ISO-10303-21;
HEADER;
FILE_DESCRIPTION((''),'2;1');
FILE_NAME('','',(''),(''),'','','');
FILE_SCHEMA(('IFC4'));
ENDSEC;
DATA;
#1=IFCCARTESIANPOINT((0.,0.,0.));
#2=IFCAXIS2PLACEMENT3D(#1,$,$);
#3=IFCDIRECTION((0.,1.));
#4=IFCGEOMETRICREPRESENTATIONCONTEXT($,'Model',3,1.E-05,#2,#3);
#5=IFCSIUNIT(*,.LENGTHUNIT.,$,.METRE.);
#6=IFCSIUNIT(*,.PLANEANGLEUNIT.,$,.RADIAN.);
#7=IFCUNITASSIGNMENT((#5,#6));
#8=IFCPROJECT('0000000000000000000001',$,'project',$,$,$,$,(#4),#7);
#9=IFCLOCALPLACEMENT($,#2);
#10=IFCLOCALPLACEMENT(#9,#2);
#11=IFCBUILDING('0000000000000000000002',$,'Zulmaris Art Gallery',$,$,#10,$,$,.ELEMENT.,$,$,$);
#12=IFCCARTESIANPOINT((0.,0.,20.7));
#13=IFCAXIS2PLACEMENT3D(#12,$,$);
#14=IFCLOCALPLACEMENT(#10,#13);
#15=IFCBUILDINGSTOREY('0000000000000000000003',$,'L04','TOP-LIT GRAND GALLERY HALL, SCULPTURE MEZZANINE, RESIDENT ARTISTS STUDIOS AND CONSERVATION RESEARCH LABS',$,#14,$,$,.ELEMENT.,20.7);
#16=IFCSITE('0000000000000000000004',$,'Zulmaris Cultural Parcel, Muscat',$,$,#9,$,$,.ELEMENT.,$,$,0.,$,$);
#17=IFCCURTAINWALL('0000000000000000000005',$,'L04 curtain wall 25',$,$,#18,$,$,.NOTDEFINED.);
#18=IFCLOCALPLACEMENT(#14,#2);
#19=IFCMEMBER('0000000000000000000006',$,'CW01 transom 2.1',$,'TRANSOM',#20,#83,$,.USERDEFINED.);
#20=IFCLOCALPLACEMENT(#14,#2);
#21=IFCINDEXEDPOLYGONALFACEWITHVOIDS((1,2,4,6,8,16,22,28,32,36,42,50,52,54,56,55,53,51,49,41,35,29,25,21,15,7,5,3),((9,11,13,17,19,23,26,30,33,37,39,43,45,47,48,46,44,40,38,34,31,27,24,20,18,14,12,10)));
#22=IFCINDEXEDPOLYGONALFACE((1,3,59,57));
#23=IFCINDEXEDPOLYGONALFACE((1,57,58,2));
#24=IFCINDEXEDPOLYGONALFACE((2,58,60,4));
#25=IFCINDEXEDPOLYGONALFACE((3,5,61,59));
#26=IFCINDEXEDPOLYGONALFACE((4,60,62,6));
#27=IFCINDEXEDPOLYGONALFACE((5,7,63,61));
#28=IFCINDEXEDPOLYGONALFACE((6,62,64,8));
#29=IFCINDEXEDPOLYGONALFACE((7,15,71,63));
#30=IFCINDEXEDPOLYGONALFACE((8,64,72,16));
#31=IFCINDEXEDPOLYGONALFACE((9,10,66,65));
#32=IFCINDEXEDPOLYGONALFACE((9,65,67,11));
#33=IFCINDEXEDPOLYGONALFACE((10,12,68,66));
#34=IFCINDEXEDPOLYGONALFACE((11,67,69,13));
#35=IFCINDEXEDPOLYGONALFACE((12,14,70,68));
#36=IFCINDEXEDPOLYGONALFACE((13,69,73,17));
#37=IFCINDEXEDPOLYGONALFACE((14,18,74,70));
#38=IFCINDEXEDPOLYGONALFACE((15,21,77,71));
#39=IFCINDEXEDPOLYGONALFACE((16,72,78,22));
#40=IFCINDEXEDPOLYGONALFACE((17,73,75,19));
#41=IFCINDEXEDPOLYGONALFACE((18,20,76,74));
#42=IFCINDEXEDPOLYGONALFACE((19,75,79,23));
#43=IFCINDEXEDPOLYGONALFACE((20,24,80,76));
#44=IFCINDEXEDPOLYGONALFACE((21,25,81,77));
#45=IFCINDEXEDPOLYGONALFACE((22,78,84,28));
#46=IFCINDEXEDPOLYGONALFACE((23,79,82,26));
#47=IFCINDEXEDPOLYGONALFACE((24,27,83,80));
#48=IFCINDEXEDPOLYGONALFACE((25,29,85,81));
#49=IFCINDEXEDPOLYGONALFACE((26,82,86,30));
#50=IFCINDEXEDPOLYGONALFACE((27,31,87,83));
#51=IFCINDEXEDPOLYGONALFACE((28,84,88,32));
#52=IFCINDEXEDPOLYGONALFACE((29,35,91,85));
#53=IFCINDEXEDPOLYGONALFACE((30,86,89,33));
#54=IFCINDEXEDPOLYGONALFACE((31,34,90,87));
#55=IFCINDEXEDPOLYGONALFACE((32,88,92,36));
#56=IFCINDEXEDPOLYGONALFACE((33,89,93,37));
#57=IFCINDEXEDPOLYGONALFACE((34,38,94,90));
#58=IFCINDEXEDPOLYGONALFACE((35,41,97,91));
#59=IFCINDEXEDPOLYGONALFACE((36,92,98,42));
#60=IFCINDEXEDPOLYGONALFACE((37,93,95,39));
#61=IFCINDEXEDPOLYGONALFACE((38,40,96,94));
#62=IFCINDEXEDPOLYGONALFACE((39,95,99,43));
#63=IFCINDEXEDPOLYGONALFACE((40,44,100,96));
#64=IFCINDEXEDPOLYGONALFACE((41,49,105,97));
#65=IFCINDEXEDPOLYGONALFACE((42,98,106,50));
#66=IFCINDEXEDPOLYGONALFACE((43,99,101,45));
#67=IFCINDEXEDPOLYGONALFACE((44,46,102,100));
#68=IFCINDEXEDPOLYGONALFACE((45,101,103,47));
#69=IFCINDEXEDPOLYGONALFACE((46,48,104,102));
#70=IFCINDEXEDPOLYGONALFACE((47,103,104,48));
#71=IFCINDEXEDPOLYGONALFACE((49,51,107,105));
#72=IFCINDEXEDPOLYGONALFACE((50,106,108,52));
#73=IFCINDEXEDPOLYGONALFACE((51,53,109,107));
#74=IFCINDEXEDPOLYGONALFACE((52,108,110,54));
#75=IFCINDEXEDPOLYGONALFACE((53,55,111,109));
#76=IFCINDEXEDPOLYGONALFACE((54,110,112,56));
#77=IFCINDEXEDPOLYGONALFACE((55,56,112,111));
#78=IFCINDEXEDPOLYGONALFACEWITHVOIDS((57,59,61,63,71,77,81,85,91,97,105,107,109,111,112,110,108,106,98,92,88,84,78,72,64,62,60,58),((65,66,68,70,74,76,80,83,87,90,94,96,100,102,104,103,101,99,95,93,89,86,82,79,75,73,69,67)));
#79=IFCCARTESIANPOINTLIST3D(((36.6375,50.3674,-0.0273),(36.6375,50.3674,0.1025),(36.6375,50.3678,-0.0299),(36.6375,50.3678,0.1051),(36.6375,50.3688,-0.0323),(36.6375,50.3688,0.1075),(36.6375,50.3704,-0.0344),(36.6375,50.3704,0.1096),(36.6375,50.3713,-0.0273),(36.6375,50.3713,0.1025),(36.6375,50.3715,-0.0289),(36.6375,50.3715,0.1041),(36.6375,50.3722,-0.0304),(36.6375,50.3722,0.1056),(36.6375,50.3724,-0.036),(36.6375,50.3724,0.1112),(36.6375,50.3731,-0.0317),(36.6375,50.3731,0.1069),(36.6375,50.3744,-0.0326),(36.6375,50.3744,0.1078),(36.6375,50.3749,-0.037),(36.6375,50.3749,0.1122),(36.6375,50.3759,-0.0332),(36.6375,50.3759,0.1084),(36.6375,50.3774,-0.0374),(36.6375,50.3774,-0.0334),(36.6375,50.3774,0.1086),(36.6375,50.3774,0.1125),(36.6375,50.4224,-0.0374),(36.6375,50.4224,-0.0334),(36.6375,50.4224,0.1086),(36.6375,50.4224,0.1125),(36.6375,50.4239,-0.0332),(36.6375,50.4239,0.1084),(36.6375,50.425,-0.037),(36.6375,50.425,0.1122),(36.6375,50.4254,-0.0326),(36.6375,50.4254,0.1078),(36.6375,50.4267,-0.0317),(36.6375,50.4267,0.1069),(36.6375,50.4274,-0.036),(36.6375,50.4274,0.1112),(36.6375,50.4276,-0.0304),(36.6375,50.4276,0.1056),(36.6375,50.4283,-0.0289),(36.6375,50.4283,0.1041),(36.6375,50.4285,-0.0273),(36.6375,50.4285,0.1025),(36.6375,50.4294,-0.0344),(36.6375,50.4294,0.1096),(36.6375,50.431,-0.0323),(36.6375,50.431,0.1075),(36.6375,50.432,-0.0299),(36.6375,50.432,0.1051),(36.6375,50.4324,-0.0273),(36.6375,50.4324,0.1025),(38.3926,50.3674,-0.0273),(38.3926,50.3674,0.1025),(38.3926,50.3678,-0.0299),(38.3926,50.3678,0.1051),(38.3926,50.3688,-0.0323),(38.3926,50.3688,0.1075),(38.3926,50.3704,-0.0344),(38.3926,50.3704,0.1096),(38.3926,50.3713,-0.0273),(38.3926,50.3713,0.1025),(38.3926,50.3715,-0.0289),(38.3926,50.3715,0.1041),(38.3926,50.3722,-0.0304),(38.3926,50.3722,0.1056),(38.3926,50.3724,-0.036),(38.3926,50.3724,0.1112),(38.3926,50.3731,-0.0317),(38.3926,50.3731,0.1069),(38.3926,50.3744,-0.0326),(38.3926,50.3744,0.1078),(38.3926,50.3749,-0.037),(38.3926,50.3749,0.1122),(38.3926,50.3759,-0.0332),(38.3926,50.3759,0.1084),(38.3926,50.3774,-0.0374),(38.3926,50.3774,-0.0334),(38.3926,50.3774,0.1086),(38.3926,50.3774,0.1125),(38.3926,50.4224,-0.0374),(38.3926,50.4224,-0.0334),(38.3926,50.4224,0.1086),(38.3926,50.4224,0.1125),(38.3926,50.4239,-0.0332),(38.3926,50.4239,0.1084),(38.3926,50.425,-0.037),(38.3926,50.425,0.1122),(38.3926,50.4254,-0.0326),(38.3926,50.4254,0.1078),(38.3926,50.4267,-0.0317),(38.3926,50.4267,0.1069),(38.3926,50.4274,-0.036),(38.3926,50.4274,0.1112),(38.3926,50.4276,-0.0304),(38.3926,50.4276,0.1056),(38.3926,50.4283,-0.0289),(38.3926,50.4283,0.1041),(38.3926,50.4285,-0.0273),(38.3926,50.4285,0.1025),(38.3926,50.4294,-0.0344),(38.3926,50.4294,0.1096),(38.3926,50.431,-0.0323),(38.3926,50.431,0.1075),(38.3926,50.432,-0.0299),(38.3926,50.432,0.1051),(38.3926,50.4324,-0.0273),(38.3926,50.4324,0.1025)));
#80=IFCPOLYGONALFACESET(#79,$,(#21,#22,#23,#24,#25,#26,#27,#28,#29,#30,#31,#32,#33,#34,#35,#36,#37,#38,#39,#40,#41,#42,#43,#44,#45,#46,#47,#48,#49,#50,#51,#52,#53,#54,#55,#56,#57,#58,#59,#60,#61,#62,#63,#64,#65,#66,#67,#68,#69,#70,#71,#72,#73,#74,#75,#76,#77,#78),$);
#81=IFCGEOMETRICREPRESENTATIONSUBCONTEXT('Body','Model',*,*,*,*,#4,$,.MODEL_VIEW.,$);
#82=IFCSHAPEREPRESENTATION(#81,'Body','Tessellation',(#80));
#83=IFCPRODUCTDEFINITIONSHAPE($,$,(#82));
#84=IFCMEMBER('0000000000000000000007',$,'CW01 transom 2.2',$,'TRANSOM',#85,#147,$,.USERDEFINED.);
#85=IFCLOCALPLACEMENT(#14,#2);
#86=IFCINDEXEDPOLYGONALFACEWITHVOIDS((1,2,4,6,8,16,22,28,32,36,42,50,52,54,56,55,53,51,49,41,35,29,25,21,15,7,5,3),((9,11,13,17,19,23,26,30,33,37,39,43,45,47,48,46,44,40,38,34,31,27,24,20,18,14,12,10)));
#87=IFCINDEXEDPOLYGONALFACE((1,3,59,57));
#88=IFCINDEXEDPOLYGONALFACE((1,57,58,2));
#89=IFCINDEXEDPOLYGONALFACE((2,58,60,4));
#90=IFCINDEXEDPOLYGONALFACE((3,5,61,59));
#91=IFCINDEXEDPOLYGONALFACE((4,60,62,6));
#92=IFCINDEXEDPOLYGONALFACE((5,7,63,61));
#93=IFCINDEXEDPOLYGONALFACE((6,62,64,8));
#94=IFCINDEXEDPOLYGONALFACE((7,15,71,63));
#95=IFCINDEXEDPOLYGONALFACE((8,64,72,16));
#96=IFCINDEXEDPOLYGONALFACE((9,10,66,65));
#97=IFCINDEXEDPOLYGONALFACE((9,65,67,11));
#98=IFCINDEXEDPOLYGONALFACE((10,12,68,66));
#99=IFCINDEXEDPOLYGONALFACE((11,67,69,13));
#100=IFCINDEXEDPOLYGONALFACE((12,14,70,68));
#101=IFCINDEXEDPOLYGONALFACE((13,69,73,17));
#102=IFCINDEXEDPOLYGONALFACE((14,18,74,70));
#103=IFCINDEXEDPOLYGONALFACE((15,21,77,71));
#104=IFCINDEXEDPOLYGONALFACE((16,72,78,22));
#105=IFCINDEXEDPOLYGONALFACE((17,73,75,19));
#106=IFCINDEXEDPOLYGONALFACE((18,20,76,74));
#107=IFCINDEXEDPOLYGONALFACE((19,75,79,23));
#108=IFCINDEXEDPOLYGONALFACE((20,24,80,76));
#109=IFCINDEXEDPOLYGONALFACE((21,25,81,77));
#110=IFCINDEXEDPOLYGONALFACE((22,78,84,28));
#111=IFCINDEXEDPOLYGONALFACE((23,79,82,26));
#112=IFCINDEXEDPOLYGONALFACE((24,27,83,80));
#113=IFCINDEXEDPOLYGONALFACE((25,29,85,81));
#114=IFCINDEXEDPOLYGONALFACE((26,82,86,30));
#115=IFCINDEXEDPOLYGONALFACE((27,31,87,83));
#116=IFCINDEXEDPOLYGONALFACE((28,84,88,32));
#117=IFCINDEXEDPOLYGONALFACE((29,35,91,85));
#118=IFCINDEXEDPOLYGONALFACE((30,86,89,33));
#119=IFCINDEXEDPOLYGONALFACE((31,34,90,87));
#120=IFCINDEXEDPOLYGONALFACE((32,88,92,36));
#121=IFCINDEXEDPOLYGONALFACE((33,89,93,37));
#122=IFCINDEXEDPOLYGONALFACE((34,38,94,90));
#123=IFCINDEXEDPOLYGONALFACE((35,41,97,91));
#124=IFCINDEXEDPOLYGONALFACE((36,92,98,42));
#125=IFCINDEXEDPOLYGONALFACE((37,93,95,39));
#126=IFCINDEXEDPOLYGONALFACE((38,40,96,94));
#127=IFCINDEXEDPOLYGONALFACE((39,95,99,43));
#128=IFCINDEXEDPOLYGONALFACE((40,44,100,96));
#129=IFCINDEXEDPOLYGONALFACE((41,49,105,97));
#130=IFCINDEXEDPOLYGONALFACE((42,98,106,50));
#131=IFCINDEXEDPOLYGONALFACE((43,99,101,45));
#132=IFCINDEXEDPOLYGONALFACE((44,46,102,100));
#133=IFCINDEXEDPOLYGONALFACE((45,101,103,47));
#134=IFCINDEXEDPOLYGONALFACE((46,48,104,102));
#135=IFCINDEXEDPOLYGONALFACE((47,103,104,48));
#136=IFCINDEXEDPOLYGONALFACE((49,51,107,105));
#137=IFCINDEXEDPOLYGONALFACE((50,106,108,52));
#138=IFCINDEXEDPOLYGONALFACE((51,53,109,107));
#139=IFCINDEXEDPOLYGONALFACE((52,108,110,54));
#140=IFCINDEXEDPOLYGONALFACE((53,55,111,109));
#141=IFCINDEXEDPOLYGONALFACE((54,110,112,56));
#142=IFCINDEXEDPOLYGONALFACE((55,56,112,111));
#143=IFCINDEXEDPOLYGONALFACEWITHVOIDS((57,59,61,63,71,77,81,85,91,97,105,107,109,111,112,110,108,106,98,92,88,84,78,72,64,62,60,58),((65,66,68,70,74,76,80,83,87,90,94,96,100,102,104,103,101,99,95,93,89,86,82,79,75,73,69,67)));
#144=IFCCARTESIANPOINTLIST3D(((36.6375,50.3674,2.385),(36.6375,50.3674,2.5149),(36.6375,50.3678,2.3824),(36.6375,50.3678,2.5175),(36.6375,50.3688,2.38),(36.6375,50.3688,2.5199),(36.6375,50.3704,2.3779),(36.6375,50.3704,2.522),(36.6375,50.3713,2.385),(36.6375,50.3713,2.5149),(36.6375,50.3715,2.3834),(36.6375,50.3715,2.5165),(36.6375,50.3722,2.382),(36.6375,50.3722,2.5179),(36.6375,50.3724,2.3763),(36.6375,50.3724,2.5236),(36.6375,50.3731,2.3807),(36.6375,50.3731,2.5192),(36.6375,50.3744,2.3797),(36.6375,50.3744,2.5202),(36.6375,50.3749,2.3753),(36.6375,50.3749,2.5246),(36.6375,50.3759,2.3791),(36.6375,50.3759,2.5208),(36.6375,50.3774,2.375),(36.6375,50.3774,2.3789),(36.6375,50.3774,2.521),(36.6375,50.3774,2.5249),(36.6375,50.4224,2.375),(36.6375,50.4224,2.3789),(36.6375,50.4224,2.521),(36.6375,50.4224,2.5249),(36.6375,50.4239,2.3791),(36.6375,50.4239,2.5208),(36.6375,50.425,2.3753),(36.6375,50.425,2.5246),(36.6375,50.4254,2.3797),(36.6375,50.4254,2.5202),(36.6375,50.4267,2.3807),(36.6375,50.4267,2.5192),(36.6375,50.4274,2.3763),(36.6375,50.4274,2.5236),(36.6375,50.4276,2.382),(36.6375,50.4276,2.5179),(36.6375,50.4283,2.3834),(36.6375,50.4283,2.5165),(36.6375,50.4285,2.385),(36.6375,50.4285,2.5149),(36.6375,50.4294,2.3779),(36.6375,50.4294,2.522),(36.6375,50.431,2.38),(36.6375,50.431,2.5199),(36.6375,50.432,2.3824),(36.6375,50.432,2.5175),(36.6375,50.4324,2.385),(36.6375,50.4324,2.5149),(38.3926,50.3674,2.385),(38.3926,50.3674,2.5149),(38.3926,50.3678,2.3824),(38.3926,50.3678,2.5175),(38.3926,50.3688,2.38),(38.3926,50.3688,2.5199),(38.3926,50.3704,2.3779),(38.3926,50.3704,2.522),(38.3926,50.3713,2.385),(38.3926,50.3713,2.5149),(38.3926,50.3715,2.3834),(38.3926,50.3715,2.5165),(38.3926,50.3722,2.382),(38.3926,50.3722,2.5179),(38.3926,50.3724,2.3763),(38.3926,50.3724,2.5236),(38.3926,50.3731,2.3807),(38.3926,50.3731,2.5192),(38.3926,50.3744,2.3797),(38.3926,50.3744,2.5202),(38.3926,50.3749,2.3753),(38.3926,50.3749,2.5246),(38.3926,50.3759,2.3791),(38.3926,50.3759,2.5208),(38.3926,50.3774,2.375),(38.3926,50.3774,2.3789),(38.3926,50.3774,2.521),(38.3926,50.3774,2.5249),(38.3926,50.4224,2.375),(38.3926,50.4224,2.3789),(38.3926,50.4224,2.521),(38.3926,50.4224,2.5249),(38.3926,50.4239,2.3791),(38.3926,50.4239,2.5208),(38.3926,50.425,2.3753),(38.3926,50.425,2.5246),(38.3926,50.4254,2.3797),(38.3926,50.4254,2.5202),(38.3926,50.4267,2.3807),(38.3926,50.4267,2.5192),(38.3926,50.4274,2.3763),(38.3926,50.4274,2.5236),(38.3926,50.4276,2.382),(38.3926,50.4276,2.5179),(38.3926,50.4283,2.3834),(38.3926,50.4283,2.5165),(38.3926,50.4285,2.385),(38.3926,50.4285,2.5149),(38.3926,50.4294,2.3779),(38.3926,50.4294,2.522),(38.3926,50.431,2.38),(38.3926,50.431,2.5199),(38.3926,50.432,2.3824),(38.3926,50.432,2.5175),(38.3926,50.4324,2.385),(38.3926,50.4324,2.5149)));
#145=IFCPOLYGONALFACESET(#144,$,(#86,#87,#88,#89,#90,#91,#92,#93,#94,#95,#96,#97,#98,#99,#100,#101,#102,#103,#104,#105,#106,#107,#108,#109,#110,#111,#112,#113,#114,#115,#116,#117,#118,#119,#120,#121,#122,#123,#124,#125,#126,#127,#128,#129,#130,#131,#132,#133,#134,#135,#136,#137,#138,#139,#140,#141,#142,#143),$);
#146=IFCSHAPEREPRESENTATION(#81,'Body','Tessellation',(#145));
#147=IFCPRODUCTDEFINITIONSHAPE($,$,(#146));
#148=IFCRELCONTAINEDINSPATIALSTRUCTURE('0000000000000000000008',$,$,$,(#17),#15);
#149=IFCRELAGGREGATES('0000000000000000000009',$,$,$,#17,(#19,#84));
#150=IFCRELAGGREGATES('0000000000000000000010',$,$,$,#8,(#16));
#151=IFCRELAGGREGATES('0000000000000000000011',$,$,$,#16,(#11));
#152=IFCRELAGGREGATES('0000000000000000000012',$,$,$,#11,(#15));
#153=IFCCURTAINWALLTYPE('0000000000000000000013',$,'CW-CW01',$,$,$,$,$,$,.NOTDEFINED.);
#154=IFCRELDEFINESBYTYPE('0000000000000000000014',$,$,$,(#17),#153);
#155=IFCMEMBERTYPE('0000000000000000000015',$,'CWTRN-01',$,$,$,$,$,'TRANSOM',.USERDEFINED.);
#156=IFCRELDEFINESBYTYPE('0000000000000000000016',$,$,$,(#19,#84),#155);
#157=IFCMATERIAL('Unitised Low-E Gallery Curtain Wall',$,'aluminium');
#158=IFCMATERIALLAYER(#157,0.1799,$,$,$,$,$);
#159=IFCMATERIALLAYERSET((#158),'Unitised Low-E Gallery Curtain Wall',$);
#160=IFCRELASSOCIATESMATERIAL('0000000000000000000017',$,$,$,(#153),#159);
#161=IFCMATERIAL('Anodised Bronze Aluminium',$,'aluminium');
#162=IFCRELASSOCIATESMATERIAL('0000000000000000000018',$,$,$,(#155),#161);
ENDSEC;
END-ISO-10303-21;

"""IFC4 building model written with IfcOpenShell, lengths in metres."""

from ifc_helpers import new_model, si_unit, direction, frame, origin, origin_2d, place, context, subcontext, project, spatial, hollow_rectangle, extrude, material, layer, layer_set, material_profile, profile_set, type_object, element, aggregate, save


model = new_model("IFC4")

# Units and contexts
model_context = context("Model", 3, precision=1e-05, world=origin(), true_north=direction((0.0, 1.0)))
body_context = subcontext(model_context, "Body", "Model", "MODEL_VIEW")
ifc_project = project(units=[si_unit("LENGTHUNIT", "METRE"), si_unit("PLANEANGLEUNIT", "RADIAN")], contexts=[model_context])

# Site, building, storey
site_placement = place(None, origin())
site = spatial("IfcSite", under=ifc_project, at=site_placement, Name="Zulmaris Cultural Parcel, Muscat", CompositionType="ELEMENT", RefElevation=0.0)
building_placement = place(site_placement, origin())
building = spatial("IfcBuilding", under=site, at=building_placement, Name="Zulmaris Art Gallery", CompositionType="ELEMENT")
storey_placement = place(building_placement, frame((0.0, 0.0, 20.7)))
storey = spatial("IfcBuildingStorey", under=building, at=storey_placement, Name="L04", Description="TOP-LIT GRAND GALLERY HALL, SCULPTURE MEZZANINE, RESIDENT ARTISTS STUDIOS AND CONSERVATION RESEARCH LABS", CompositionType="ELEMENT", Elevation=20.7)

# Curtain wall, members
ifc_material_1 = material(Name="Unitised Low-E Gallery Curtain Wall", Category="aluminium")
ifc_layer_1 = layer(ifc_material_1, 0.1799)
ifc_layer_set_1 = layer_set([ifc_layer_1], Name="Unitised Low-E Gallery Curtain Wall")
curtain_wall_type = type_object("IfcCurtainWallType", Name="CW-CW01", PredefinedType="NOTDEFINED", material=ifc_layer_set_1)
curtain_wall_placement = place(storey_placement, origin())
curtain_wall = element("IfcCurtainWall", 1, at=curtain_wall_placement, inside=storey, type_object=curtain_wall_type, Name="L04 curtain wall 25", PredefinedType="NOTDEFINED")
ifc_material_2 = material(Name="Anodised Bronze Aluminium", Category="aluminium")
ifc_material_profile_1 = material_profile(ifc_material_2, hollow_rectangle(XDim=0.0649, YDim=0.1499, WallThickness=0.0039, InnerFilletRadius=0.0061, OuterFilletRadius=0.01, at=origin_2d()), Name="ALU 65x150x4")
ifc_profile_set_1 = profile_set([ifc_material_profile_1], Name="Anodised Bronze Aluminium")
member_type_1 = type_object("IfcMemberType", Name="CWTRN-01", ElementType="TRANSOM", PredefinedType="USERDEFINED", material=ifc_profile_set_1)
member_1_placement = place(storey_placement, frame((38.3926, 50.3999, 0.0376), z_axis=(-1.0, 0.0, 0.0), x_axis=(0.0, -1.0, 0.0)))
member_1 = element("IfcMember", 2, at=member_1_placement, type_object=member_type_1, Name="CW01 transom 2.1", ObjectType="TRANSOM", PredefinedType="USERDEFINED", context=body_context, shape_type="SweptSolid", body=[
    extrude(hollow_rectangle(XDim=0.0649, YDim=0.1499, WallThickness=0.0039, InnerFilletRadius=0.0061, OuterFilletRadius=0.01, at=origin_2d()), origin(), (0.0, 0.0, 1.0), 1.7551),
])
member_2_placement = place(storey_placement, frame((38.3926, 50.3999, 2.45), z_axis=(-1.0, 0.0, 0.0), x_axis=(0.0, -1.0, 0.0)))
member_2 = element("IfcMember", 3, at=member_2_placement, type_object=member_type_1, Name="CW01 transom 2.2", ObjectType="TRANSOM", PredefinedType="USERDEFINED", context=body_context, shape_type="SweptSolid", body=[
    extrude(hollow_rectangle(XDim=0.0649, YDim=0.1499, WallThickness=0.0039, InnerFilletRadius=0.0061, OuterFilletRadius=0.01, at=origin_2d()), origin(), (0.0, 0.0, 1.0), 1.7551),
])
aggregate(curtain_wall, [member_1, member_2])

save(model, "model.ifc")
